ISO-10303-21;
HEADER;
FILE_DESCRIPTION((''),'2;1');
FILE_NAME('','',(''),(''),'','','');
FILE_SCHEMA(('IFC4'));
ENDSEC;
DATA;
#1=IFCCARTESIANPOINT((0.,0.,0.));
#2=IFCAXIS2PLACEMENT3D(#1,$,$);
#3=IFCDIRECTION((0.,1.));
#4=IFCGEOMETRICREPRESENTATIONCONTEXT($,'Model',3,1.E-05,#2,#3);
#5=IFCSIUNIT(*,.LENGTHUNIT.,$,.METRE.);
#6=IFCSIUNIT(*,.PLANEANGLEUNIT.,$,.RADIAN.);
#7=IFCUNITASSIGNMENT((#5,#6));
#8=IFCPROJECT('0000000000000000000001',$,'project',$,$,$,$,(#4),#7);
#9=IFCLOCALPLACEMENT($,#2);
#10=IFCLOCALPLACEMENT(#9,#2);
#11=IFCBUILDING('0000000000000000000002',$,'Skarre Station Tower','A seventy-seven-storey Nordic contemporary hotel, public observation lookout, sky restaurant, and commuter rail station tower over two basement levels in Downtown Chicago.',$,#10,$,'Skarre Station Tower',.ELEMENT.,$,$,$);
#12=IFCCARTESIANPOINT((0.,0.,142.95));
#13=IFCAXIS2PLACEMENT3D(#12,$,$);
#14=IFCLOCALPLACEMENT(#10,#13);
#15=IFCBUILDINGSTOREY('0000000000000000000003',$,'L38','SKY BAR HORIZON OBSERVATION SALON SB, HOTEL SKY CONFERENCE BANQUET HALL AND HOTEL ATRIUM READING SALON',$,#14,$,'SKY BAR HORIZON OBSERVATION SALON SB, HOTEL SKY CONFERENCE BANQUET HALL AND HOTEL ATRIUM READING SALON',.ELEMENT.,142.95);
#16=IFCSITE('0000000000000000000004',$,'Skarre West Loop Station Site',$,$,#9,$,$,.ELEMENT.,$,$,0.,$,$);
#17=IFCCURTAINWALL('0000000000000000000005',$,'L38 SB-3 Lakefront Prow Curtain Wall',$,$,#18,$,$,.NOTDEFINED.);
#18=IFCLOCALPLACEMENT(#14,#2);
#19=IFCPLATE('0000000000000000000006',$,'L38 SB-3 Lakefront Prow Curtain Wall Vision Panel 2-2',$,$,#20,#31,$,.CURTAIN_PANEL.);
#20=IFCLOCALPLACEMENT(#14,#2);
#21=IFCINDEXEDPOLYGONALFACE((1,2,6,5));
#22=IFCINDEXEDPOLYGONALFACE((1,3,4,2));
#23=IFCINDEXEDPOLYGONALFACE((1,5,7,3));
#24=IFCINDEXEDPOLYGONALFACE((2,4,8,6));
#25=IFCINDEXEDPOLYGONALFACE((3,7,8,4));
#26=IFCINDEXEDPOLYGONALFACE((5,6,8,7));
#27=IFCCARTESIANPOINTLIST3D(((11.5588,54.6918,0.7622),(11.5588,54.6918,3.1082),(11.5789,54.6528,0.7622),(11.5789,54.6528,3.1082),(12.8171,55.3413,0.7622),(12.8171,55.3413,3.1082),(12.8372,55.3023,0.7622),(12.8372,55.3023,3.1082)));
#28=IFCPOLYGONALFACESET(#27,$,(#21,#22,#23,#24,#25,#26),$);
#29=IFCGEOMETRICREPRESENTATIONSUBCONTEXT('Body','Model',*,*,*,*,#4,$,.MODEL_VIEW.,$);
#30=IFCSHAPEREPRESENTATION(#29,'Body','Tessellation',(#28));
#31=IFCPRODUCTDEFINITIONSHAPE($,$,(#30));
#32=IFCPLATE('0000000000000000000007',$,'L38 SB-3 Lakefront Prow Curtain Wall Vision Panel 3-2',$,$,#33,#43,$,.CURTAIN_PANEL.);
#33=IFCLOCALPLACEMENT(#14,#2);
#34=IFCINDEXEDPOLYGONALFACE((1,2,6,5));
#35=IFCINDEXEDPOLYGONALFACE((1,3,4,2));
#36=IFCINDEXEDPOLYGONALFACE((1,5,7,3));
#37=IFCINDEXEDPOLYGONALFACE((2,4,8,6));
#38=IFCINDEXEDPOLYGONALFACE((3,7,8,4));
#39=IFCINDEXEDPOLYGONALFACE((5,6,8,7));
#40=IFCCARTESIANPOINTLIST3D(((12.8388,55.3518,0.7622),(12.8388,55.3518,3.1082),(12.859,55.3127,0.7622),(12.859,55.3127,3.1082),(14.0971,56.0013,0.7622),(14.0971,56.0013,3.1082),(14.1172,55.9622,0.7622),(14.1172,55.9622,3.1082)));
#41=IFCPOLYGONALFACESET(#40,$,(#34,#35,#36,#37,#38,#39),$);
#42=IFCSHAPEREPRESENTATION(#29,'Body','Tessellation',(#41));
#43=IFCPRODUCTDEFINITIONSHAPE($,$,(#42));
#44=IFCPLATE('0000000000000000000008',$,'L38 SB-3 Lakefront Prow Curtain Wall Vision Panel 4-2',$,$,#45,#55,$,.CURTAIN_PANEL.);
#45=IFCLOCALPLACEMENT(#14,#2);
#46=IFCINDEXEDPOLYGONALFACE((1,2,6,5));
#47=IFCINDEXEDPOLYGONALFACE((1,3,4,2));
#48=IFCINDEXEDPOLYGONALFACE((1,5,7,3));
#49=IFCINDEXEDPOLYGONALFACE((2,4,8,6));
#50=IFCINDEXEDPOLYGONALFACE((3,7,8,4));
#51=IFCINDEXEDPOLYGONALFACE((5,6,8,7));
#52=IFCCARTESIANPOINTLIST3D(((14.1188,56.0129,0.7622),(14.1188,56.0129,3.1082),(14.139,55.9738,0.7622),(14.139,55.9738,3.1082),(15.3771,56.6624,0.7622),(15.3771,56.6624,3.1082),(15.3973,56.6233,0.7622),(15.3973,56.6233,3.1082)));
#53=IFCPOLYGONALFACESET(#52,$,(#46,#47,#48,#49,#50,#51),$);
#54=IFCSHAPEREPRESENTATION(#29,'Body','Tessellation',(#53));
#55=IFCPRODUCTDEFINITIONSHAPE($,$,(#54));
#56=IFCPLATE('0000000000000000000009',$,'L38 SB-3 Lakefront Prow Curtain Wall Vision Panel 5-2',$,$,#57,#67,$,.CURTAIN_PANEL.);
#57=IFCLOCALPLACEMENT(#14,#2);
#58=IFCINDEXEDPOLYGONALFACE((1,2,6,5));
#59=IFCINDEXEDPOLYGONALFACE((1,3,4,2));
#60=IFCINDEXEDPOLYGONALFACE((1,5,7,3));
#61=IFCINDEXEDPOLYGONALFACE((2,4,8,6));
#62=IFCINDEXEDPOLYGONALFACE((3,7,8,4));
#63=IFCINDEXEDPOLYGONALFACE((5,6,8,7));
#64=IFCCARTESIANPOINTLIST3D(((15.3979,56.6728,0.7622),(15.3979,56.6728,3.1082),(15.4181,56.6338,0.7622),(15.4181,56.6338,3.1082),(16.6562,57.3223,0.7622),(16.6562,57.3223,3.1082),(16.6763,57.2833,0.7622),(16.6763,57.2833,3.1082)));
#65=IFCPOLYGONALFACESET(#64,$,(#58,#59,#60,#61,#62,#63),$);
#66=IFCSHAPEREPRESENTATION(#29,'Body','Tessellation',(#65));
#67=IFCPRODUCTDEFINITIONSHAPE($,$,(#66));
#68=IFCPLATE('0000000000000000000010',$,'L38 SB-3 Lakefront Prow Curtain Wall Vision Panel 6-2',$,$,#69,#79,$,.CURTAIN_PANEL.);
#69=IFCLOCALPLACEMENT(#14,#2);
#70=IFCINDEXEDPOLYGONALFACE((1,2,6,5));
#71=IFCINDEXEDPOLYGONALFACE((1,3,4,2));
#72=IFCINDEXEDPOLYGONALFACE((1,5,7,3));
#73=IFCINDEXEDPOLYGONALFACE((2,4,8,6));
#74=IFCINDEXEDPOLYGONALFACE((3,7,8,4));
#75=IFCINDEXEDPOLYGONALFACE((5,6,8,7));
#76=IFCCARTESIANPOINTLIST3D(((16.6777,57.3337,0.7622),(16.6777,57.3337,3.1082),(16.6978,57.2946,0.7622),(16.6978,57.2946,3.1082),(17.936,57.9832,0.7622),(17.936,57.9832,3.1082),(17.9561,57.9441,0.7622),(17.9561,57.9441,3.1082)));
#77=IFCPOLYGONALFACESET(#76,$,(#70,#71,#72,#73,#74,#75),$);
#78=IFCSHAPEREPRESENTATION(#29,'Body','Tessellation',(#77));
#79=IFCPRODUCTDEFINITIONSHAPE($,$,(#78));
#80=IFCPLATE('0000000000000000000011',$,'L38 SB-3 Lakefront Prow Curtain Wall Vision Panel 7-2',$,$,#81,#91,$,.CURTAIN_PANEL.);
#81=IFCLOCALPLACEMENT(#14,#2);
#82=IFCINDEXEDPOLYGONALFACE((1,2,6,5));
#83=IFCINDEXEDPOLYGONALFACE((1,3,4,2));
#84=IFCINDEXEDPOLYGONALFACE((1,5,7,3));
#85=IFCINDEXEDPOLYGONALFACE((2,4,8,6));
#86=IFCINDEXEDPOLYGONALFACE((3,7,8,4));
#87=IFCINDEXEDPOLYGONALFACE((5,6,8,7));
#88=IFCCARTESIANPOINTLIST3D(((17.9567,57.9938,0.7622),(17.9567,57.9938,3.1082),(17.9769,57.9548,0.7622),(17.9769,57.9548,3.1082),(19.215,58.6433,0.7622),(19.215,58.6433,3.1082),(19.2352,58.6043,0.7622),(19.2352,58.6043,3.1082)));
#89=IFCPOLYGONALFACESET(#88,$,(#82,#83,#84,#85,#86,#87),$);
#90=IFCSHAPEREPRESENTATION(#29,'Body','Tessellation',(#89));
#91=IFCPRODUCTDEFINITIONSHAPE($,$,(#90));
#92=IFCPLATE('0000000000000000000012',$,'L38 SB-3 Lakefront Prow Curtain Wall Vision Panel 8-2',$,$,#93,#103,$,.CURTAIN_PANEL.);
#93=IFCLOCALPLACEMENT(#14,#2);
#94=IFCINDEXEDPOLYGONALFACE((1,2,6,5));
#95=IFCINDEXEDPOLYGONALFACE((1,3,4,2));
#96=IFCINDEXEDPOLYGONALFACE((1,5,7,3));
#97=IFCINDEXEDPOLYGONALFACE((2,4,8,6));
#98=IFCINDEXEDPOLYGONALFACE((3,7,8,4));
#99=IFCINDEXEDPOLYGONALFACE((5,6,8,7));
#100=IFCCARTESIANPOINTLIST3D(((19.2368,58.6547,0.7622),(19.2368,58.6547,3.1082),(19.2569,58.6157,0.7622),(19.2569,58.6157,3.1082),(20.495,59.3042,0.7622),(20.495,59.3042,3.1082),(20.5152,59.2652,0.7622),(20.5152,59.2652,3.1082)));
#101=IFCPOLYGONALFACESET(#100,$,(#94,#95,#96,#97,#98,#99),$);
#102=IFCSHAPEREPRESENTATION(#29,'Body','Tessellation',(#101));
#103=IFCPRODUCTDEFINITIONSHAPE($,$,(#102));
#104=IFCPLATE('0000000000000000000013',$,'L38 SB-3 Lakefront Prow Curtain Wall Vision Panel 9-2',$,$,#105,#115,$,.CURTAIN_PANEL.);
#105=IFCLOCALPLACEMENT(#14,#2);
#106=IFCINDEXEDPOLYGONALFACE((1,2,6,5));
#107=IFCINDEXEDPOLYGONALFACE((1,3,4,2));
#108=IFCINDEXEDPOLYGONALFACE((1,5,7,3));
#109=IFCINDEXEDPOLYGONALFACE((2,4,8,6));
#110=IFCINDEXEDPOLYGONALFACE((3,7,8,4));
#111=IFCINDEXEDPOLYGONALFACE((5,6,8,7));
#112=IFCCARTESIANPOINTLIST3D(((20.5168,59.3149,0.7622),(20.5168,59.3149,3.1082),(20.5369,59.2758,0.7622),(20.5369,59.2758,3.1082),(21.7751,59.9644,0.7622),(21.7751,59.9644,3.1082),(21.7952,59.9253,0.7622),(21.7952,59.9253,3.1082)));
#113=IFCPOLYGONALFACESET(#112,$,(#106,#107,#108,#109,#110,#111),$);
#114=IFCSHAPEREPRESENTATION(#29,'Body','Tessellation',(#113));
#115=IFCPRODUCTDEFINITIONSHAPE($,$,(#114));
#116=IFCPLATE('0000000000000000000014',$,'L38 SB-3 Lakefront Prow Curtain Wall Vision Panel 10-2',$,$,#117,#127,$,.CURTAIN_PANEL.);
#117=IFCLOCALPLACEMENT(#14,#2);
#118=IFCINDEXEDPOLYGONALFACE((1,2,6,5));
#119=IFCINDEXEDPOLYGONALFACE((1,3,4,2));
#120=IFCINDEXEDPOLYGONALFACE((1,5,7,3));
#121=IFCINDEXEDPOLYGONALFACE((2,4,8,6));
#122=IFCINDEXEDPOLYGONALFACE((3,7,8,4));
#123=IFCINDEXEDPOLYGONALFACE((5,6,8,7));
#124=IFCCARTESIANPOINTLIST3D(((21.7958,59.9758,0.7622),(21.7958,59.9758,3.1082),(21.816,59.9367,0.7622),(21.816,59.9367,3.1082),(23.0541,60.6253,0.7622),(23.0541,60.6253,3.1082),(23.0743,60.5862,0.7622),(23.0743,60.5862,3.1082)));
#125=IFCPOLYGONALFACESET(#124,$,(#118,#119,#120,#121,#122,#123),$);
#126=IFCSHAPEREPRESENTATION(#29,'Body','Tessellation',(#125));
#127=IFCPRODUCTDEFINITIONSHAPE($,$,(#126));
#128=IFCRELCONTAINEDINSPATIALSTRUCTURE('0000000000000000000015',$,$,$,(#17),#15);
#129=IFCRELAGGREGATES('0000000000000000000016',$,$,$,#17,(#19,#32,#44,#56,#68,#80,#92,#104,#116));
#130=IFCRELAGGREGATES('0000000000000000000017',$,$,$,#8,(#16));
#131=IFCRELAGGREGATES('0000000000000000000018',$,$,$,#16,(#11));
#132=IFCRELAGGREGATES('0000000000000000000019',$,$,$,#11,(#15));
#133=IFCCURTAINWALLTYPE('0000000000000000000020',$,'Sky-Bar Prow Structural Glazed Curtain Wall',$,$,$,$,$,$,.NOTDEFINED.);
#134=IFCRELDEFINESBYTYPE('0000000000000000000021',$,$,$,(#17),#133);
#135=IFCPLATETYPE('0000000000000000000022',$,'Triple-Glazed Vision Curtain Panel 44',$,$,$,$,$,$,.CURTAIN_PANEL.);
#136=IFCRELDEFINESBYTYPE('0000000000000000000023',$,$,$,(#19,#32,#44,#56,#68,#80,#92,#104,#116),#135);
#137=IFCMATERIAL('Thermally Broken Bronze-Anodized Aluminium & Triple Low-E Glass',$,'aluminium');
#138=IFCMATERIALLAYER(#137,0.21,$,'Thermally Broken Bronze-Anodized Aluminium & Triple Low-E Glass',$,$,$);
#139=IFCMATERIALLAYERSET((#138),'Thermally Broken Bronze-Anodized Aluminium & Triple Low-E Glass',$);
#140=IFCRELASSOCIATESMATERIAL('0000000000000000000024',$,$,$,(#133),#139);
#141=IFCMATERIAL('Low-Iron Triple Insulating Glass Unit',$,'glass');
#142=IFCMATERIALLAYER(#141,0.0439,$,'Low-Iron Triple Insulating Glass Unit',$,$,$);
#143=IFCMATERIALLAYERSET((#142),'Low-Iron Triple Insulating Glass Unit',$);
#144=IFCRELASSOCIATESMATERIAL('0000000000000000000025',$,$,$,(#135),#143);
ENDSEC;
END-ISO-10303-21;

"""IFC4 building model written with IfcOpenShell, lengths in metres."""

from ifc_helpers import new_model, si_unit, direction, frame, origin, origin_2d, place, context, subcontext, project, spatial, rectangle, extrude, material, layer, layer_set, type_object, element, aggregate, save


model = new_model("IFC4")

# Units and contexts
model_context = context("Model", 3, precision=1e-05, world=origin(), true_north=direction((0.0, 1.0)))
body_context = subcontext(model_context, "Body", "Model", "MODEL_VIEW")
ifc_project = project(units=[si_unit("LENGTHUNIT", "METRE"), si_unit("PLANEANGLEUNIT", "RADIAN")], contexts=[model_context])

# Site, building, storey
site_placement = place(None, origin())
site = spatial("IfcSite", under=ifc_project, at=site_placement, Name="Skarre West Loop Station Site", CompositionType="ELEMENT", RefElevation=0.0)
building_placement = place(site_placement, origin())
building = spatial("IfcBuilding", under=site, at=building_placement, Name="Skarre Station Tower", Description="A seventy-seven-storey Nordic contemporary hotel, public observation lookout, sky restaurant, and commuter rail station tower over two basement levels in Downtown Chicago.", LongName="Skarre Station Tower", CompositionType="ELEMENT")
storey_placement = place(building_placement, frame((0.0, 0.0, 142.95)))
storey = spatial("IfcBuildingStorey", under=building, at=storey_placement, Name="L38", Description="SKY BAR HORIZON OBSERVATION SALON SB, HOTEL SKY CONFERENCE BANQUET HALL AND HOTEL ATRIUM READING SALON", LongName="SKY BAR HORIZON OBSERVATION SALON SB, HOTEL SKY CONFERENCE BANQUET HALL AND HOTEL ATRIUM READING SALON", CompositionType="ELEMENT", Elevation=142.95)

# Curtain wall
ifc_material_1 = material(Name="Thermally Broken Bronze-Anodized Aluminium & Triple Low-E Glass", Category="aluminium")
ifc_layer_1 = layer(ifc_material_1, 0.21, Name="Thermally Broken Bronze-Anodized Aluminium & Triple Low-E Glass")
ifc_layer_set_1 = layer_set([ifc_layer_1], Name="Thermally Broken Bronze-Anodized Aluminium & Triple Low-E Glass")
curtain_wall_type = type_object("IfcCurtainWallType", Name="Sky-Bar Prow Structural Glazed Curtain Wall", PredefinedType="NOTDEFINED", material=ifc_layer_set_1)
curtain_wall_placement = place(storey_placement, origin())
curtain_wall = element("IfcCurtainWall", 1, at=curtain_wall_placement, inside=storey, type_object=curtain_wall_type, Name="L38 SB-3 Lakefront Prow Curtain Wall", PredefinedType="NOTDEFINED")

# Plates
ifc_material_2 = material(Name="Low-Iron Triple Insulating Glass Unit", Category="glass")
ifc_layer_2 = layer(ifc_material_2, 0.0439, Name="Low-Iron Triple Insulating Glass Unit")
ifc_layer_set_2 = layer_set([ifc_layer_2], Name="Low-Iron Triple Insulating Glass Unit")
plate_type_1 = type_object("IfcPlateType", Name="Triple-Glazed Vision Curtain Panel 44", PredefinedType="CURTAIN_PANEL", material=ifc_layer_set_2)
plate_1_placement = place(storey_placement, frame((12.198, 54.9971, 0.7622), z_axis=(0.0, 0.0, 1.0), x_axis=(0.888601, 0.458681, 0.0)))
plate_1 = element("IfcPlate", 2, at=plate_1_placement, type_object=plate_type_1, Name="L38 SB-3 Lakefront Prow Curtain Wall Vision Panel 2-2", PredefinedType="CURTAIN_PANEL", context=body_context, shape_type="SweptSolid", body=[
    extrude(rectangle(XDim=1.416, YDim=0.0439, at=origin_2d()), origin(), (0.0, 0.0, 1.0), 2.3459),
])
plate_2_placement = place(storey_placement, frame((13.478, 55.657, 0.7622), z_axis=(0.0, 0.0, 1.0), x_axis=(0.888601, 0.458681, 0.0)))
plate_2 = element("IfcPlate", 3, at=plate_2_placement, type_object=plate_type_1, Name="L38 SB-3 Lakefront Prow Curtain Wall Vision Panel 3-2", PredefinedType="CURTAIN_PANEL", context=body_context, shape_type="SweptSolid", body=[
    extrude(rectangle(XDim=1.416, YDim=0.0439, at=origin_2d()), origin(), (0.0, 0.0, 1.0), 2.3459),
])
plate_3_placement = place(storey_placement, frame((14.7581, 56.3181, 0.7622), z_axis=(0.0, 0.0, 1.0), x_axis=(0.888601, 0.458681, 0.0)))
plate_3 = element("IfcPlate", 4, at=plate_3_placement, type_object=plate_type_1, Name="L38 SB-3 Lakefront Prow Curtain Wall Vision Panel 4-2", PredefinedType="CURTAIN_PANEL", context=body_context, shape_type="SweptSolid", body=[
    extrude(rectangle(XDim=1.416, YDim=0.0439, at=origin_2d()), origin(), (0.0, 0.0, 1.0), 2.3459),
])
plate_4_placement = place(storey_placement, frame((16.0371, 56.978, 0.7622), z_axis=(0.0, 0.0, 1.0), x_axis=(0.888601, 0.458681, 0.0)))
plate_4 = element("IfcPlate", 5, at=plate_4_placement, type_object=plate_type_1, Name="L38 SB-3 Lakefront Prow Curtain Wall Vision Panel 5-2", PredefinedType="CURTAIN_PANEL", context=body_context, shape_type="SweptSolid", body=[
    extrude(rectangle(XDim=1.416, YDim=0.0439, at=origin_2d()), origin(), (0.0, 0.0, 1.0), 2.3459),
])
plate_5_placement = place(storey_placement, frame((17.3169, 57.6389, 0.7622), z_axis=(0.0, 0.0, 1.0), x_axis=(0.888601, 0.458681, 0.0)))
plate_5 = element("IfcPlate", 6, at=plate_5_placement, type_object=plate_type_1, Name="L38 SB-3 Lakefront Prow Curtain Wall Vision Panel 6-2", PredefinedType="CURTAIN_PANEL", context=body_context, shape_type="SweptSolid", body=[
    extrude(rectangle(XDim=1.416, YDim=0.0439, at=origin_2d()), origin(), (0.0, 0.0, 1.0), 2.3459),
])
plate_6_placement = place(storey_placement, frame((18.5959, 58.2991, 0.7622), z_axis=(0.0, 0.0, 1.0), x_axis=(0.888601, 0.458681, 0.0)))
plate_6 = element("IfcPlate", 7, at=plate_6_placement, type_object=plate_type_1, Name="L38 SB-3 Lakefront Prow Curtain Wall Vision Panel 7-2", PredefinedType="CURTAIN_PANEL", context=body_context, shape_type="SweptSolid", body=[
    extrude(rectangle(XDim=1.416, YDim=0.0439, at=origin_2d()), origin(), (0.0, 0.0, 1.0), 2.3459),
])
plate_7_placement = place(storey_placement, frame((19.876, 58.96, 0.7622), z_axis=(0.0, 0.0, 1.0), x_axis=(0.888601, 0.458681, 0.0)))
plate_7 = element("IfcPlate", 8, at=plate_7_placement, type_object=plate_type_1, Name="L38 SB-3 Lakefront Prow Curtain Wall Vision Panel 8-2", PredefinedType="CURTAIN_PANEL", context=body_context, shape_type="SweptSolid", body=[
    extrude(rectangle(XDim=1.416, YDim=0.0439, at=origin_2d()), origin(), (0.0, 0.0, 1.0), 2.3459),
])
plate_8_placement = place(storey_placement, frame((21.156, 59.6201, 0.7622), z_axis=(0.0, 0.0, 1.0), x_axis=(0.888601, 0.458681, 0.0)))
plate_8 = element("IfcPlate", 9, at=plate_8_placement, type_object=plate_type_1, Name="L38 SB-3 Lakefront Prow Curtain Wall Vision Panel 9-2", PredefinedType="CURTAIN_PANEL", context=body_context, shape_type="SweptSolid", body=[
    extrude(rectangle(XDim=1.416, YDim=0.0439, at=origin_2d()), origin(), (0.0, 0.0, 1.0), 2.3459),
])
plate_9_placement = place(storey_placement, frame((22.4351, 60.281, 0.7622), z_axis=(0.0, 0.0, 1.0), x_axis=(0.888601, 0.458681, 0.0)))
plate_9 = element("IfcPlate", 10, at=plate_9_placement, type_object=plate_type_1, Name="L38 SB-3 Lakefront Prow Curtain Wall Vision Panel 10-2", PredefinedType="CURTAIN_PANEL", context=body_context, shape_type="SweptSolid", body=[
    extrude(rectangle(XDim=1.416, YDim=0.0439, at=origin_2d()), origin(), (0.0, 0.0, 1.0), 2.3459),
])
aggregate(curtain_wall, [plate_1, plate_2, plate_3, plate_4, plate_5, plate_6, plate_7, plate_8, plate_9])

save(model, "model.ifc")
